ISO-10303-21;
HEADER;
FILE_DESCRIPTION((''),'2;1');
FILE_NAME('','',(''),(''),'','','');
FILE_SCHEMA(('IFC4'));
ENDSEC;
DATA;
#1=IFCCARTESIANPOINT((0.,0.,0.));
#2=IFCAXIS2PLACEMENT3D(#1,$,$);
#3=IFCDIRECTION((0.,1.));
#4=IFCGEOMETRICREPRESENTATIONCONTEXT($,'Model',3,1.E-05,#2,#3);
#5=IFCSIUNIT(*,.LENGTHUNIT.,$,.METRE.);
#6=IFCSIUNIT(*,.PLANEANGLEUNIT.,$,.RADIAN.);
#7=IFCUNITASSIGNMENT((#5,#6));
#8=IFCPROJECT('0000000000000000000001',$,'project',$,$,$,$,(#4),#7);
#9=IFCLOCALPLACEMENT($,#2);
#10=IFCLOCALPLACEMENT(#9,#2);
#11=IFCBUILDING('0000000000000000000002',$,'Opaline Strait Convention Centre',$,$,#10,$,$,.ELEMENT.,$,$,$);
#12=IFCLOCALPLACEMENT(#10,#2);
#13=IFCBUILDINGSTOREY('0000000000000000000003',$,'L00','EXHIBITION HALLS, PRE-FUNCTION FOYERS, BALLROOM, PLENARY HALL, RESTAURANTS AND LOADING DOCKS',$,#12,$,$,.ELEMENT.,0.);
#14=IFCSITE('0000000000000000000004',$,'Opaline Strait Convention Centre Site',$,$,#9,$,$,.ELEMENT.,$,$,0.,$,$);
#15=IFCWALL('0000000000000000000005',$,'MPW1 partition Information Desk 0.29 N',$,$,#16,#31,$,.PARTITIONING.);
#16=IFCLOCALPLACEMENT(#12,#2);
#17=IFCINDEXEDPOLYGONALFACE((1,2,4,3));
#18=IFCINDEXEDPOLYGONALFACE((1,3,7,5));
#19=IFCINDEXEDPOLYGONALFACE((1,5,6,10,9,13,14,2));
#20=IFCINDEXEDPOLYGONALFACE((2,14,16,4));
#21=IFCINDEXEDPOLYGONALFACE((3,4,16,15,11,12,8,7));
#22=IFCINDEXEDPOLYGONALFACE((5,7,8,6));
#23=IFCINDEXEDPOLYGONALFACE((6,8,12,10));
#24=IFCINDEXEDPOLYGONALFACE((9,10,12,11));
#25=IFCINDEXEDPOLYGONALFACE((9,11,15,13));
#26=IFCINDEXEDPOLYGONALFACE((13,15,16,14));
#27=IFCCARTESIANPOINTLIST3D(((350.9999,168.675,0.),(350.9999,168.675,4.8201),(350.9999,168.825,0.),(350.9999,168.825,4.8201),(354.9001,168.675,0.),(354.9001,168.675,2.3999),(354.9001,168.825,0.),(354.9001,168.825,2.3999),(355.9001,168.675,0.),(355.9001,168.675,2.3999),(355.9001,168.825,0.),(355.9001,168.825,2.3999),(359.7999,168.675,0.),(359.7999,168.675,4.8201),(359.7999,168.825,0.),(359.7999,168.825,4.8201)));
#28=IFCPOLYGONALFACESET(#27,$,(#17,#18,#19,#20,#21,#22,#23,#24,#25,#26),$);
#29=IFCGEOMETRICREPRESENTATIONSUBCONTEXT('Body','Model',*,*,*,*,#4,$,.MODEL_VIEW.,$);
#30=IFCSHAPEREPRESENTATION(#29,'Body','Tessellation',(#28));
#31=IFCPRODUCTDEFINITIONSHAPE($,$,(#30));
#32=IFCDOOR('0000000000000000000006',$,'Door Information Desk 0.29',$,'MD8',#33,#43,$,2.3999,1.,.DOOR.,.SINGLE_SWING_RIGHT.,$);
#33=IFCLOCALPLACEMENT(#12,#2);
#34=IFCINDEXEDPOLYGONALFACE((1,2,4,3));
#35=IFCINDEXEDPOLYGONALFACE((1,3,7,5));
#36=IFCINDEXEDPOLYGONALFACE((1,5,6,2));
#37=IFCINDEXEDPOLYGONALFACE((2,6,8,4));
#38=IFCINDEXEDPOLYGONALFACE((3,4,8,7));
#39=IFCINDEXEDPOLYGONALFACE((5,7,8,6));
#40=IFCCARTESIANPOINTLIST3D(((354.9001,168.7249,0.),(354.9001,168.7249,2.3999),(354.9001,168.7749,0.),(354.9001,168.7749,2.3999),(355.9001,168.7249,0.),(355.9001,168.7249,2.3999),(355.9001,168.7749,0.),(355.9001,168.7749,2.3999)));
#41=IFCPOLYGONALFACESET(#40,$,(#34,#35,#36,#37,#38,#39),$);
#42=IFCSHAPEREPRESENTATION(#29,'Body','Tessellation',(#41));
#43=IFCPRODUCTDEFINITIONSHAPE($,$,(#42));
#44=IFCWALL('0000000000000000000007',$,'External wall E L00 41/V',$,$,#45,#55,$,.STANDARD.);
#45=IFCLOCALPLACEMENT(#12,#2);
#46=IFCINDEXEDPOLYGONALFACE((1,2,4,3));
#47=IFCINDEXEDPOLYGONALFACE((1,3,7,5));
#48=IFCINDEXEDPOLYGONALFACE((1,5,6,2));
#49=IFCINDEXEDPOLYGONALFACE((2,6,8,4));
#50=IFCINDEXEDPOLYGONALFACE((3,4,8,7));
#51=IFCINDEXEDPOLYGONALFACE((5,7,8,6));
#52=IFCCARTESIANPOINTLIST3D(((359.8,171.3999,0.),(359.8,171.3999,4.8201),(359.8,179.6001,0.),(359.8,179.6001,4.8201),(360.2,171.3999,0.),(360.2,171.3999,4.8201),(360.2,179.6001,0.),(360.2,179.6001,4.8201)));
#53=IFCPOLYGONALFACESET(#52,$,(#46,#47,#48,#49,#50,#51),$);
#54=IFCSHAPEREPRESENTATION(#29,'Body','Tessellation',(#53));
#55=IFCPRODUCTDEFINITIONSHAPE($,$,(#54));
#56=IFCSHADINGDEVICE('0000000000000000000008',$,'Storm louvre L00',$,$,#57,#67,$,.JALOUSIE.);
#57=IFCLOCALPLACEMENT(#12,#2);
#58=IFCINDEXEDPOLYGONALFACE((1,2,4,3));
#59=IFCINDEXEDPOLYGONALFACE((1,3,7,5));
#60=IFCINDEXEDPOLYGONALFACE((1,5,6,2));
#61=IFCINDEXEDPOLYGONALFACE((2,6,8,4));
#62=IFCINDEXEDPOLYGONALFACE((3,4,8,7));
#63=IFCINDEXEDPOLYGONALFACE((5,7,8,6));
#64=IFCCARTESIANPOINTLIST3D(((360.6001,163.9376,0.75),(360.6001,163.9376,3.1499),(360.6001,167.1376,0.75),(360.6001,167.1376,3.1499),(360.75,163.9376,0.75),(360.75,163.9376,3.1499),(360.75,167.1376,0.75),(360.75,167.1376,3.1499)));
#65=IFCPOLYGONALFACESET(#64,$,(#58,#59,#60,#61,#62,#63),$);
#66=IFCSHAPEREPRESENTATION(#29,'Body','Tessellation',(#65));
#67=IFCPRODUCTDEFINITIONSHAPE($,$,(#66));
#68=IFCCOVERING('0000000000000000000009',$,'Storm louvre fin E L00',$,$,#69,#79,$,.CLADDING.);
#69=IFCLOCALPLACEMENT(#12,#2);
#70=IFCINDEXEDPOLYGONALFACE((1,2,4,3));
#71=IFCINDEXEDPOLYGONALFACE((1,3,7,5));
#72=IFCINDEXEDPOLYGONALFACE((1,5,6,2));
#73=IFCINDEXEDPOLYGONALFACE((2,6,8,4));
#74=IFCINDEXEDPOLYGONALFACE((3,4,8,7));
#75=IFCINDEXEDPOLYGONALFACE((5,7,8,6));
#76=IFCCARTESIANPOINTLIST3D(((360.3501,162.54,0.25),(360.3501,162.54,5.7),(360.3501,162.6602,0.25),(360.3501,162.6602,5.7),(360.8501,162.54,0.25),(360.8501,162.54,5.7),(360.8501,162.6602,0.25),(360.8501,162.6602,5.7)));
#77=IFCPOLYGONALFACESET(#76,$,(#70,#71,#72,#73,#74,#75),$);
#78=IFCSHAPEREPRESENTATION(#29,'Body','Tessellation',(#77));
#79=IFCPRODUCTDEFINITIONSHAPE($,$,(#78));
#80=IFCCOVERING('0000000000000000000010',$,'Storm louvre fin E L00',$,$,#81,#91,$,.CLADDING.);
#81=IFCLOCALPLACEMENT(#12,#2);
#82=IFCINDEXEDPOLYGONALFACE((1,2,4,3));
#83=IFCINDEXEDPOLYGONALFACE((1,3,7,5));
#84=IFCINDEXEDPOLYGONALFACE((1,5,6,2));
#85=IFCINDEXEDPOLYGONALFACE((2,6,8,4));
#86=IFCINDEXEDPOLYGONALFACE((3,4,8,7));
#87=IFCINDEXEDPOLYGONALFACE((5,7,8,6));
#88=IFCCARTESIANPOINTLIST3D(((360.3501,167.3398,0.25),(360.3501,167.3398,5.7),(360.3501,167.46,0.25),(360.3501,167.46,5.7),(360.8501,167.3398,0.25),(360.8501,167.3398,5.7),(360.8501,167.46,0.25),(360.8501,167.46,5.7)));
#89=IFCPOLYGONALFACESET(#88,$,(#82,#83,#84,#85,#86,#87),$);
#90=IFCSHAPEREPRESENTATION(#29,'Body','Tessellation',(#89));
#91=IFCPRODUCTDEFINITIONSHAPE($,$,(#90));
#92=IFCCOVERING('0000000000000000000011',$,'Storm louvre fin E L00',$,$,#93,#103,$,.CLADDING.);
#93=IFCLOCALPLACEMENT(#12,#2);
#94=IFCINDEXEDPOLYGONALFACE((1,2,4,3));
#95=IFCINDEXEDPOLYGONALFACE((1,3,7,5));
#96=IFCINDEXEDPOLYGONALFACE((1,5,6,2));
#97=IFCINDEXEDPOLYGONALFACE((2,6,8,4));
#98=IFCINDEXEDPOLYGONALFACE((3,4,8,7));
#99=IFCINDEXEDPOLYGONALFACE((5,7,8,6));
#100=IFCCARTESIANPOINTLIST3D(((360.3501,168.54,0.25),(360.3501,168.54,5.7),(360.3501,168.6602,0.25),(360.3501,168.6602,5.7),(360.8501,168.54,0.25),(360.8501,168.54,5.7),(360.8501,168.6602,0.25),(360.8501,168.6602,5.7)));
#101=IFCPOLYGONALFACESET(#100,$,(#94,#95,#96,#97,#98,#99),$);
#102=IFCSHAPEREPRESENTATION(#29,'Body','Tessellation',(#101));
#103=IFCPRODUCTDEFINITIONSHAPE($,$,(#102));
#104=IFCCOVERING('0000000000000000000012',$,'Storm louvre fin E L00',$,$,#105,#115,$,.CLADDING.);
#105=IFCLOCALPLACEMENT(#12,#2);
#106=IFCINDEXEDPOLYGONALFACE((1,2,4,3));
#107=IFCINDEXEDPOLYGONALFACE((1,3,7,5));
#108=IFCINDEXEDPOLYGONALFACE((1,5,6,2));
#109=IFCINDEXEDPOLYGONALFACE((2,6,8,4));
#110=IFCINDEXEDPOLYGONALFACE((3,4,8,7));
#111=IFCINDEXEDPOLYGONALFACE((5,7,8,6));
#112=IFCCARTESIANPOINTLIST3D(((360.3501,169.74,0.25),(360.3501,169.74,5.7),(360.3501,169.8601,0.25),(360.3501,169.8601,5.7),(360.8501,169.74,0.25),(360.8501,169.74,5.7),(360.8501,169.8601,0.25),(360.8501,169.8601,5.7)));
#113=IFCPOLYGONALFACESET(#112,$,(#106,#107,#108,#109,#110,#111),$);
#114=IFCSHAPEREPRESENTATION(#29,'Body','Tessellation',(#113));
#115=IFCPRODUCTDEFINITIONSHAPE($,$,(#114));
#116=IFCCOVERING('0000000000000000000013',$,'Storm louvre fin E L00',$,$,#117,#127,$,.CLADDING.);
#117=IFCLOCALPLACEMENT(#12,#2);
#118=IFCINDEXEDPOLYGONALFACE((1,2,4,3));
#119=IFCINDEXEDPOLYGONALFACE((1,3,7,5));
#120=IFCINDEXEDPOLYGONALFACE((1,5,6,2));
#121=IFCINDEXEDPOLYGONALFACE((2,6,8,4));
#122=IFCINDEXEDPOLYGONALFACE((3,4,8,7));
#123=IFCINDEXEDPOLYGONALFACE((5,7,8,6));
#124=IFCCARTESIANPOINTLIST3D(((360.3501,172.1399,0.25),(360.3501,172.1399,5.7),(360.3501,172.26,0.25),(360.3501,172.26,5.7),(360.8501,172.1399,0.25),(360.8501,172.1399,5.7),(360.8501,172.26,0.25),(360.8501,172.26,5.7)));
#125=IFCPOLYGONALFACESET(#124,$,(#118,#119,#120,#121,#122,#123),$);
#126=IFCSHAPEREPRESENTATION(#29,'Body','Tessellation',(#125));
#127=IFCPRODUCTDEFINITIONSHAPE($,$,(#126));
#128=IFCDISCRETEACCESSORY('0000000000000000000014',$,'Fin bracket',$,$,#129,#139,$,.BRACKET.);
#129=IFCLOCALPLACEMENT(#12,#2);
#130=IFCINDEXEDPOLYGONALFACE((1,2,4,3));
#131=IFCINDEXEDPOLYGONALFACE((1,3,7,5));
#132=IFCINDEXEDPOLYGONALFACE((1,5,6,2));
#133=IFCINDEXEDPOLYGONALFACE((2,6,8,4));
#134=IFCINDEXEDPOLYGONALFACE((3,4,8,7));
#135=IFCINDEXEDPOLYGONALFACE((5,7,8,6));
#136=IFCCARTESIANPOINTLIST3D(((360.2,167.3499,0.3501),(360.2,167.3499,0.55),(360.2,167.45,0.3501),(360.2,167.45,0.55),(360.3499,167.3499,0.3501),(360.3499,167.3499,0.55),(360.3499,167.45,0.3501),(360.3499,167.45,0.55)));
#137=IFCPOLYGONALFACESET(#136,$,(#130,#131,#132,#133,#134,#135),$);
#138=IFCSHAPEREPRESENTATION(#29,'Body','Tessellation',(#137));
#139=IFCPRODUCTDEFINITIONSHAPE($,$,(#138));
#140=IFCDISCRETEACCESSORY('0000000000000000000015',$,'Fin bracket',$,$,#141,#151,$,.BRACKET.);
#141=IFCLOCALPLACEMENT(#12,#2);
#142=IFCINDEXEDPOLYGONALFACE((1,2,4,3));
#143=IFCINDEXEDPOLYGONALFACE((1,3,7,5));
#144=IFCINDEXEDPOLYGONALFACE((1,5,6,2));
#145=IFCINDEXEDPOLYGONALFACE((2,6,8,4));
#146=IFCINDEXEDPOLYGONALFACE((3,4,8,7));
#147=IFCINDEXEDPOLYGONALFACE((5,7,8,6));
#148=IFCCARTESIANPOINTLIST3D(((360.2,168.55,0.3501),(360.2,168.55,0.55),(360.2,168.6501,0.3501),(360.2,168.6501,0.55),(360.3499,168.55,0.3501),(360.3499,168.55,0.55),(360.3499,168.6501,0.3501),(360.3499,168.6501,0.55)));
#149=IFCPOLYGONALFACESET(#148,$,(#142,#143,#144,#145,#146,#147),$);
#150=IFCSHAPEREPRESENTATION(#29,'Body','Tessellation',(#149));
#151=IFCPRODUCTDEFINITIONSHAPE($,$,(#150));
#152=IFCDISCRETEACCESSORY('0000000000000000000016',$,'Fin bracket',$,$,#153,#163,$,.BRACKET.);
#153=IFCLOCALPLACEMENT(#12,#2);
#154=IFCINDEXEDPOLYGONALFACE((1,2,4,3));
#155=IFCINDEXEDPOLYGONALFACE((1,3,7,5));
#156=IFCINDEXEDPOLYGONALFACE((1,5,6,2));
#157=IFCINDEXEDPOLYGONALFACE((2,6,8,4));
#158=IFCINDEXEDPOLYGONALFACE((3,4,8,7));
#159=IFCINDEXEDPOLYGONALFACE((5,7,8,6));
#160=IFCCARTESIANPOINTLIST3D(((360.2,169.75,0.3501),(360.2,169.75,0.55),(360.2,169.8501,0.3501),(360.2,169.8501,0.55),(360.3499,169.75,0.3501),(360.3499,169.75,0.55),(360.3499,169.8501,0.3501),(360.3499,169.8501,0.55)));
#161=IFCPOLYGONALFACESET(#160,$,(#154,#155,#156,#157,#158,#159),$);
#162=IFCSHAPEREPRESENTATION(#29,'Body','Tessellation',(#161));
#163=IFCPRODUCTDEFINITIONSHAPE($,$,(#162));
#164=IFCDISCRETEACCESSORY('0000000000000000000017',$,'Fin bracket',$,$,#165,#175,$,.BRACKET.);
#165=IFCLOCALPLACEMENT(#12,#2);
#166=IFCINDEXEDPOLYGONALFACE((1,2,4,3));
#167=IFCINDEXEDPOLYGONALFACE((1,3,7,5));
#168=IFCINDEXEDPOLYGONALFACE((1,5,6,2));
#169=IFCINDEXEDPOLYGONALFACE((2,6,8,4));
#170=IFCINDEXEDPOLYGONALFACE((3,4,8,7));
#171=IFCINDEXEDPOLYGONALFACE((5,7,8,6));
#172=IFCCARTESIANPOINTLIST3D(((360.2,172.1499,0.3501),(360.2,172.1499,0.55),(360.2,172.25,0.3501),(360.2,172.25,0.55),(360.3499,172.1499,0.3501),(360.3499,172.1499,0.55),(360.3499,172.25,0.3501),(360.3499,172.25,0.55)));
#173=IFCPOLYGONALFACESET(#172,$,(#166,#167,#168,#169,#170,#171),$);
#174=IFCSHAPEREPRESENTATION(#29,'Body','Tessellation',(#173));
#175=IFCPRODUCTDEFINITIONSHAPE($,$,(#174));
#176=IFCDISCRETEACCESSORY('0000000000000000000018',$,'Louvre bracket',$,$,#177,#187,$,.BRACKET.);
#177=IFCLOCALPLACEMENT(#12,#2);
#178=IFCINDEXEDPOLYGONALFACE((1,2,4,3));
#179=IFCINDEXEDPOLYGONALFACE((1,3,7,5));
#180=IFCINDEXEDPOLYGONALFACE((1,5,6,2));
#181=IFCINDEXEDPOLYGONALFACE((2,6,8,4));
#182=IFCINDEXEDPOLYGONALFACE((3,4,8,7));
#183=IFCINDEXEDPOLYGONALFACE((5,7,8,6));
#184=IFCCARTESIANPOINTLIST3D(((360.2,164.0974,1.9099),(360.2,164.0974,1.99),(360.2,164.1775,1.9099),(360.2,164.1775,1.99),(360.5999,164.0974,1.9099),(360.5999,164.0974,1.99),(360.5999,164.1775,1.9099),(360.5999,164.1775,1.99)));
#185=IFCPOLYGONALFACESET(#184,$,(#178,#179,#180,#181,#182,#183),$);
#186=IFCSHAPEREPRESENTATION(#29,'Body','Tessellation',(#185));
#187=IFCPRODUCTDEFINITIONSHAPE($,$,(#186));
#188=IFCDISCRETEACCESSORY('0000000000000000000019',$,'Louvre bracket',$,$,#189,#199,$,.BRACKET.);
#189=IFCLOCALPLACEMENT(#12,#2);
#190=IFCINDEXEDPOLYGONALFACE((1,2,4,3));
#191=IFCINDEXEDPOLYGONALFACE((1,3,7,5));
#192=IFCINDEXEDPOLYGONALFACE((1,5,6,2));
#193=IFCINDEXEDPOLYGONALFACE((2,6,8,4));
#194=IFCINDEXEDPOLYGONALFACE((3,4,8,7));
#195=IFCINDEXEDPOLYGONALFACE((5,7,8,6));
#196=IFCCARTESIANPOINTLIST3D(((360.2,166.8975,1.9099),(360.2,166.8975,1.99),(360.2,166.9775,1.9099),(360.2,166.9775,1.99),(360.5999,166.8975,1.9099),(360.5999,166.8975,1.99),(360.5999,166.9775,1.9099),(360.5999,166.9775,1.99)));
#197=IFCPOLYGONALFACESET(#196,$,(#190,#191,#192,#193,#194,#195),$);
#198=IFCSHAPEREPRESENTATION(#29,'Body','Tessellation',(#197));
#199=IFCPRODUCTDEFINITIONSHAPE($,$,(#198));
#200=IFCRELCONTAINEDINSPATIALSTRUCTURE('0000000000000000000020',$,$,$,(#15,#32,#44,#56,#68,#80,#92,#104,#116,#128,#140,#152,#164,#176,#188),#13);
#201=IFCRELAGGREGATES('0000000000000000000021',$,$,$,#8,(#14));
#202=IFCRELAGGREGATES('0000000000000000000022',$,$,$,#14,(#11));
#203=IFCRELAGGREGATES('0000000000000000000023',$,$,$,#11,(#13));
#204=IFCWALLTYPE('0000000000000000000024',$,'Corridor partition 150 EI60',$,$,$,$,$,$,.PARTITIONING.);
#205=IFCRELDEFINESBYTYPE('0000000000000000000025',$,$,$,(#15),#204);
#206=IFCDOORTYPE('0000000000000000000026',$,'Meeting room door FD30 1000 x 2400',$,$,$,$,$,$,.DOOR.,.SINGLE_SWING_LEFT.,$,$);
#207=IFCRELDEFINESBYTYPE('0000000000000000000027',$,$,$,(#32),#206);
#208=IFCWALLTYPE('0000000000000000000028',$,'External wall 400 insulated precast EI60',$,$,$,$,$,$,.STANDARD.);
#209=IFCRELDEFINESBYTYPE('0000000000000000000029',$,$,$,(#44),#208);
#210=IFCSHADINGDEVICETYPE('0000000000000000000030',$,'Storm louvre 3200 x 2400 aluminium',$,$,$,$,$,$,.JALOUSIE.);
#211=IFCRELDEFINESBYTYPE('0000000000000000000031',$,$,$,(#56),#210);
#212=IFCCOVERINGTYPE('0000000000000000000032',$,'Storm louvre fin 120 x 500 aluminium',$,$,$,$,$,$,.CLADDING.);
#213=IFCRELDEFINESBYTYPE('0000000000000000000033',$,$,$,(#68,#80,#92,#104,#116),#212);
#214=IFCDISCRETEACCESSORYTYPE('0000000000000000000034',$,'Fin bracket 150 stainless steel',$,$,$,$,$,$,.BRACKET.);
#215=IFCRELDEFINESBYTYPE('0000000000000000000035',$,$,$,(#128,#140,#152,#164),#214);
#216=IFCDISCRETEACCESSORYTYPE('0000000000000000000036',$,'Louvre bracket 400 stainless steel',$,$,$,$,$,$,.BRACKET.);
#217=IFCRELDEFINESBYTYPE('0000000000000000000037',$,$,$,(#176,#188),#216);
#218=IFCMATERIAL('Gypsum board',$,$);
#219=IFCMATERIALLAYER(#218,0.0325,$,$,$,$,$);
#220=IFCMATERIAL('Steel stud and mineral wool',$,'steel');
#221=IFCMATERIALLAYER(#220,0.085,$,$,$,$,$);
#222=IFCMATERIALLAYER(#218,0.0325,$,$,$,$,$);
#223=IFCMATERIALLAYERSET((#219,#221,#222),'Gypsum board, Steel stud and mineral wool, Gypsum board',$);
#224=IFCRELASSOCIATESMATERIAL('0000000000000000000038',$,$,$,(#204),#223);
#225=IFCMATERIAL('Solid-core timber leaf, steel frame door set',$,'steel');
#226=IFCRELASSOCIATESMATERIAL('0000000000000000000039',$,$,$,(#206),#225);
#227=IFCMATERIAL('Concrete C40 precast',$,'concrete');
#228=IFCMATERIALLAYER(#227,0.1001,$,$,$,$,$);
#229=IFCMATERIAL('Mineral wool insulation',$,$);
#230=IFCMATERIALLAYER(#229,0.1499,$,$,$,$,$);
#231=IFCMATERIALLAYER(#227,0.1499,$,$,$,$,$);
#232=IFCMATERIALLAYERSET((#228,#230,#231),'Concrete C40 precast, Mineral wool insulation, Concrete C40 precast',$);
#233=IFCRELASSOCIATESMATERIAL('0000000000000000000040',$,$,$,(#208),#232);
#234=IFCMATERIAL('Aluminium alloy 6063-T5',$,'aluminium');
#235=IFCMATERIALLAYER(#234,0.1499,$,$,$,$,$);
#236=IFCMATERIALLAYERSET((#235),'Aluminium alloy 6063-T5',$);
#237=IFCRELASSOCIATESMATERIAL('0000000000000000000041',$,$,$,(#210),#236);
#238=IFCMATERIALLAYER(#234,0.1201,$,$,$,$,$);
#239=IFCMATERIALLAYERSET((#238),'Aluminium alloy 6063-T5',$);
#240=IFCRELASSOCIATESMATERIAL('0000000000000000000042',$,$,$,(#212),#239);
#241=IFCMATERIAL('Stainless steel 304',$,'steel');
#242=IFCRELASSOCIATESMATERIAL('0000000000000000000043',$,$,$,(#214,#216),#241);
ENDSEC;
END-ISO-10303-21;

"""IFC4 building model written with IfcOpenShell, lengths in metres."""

from ifc_helpers import new_model, si_unit, direction, frame, frame_2d, origin, origin_2d, place, context, subcontext, project, spatial, rectangle, extrude, material, layer, layer_set, type_object, element, fill, save


model = new_model("IFC4")

# Units and contexts
model_context = context("Model", 3, precision=1e-05, world=origin(), true_north=direction((0.0, 1.0)))
body_context = subcontext(model_context, "Body", "Model", "MODEL_VIEW")
ifc_project = project(units=[si_unit("LENGTHUNIT", "METRE"), si_unit("PLANEANGLEUNIT", "RADIAN")], contexts=[model_context])

# Site, building, storey
site_placement = place(None, origin())
site = spatial("IfcSite", under=ifc_project, at=site_placement, Name="Opaline Strait Convention Centre Site", CompositionType="ELEMENT", RefElevation=0.0)
building_placement = place(site_placement, origin())
building = spatial("IfcBuilding", under=site, at=building_placement, Name="Opaline Strait Convention Centre", CompositionType="ELEMENT")
storey_placement = place(building_placement, origin())
storey = spatial("IfcBuildingStorey", under=building, at=storey_placement, Name="L00", Description="EXHIBITION HALLS, PRE-FUNCTION FOYERS, BALLROOM, PLENARY HALL, RESTAURANTS AND LOADING DOCKS", CompositionType="ELEMENT", Elevation=0.0)

# Wall, opening, door
ifc_material_1 = material(Name="Gypsum board")
ifc_layer_1 = layer(ifc_material_1, 0.0325)
ifc_material_2 = material(Name="Steel stud and mineral wool", Category="steel")
ifc_layer_2 = layer(ifc_material_2, 0.085)
ifc_layer_3 = layer(ifc_material_1, 0.0325)
ifc_layer_set_1 = layer_set([ifc_layer_1, ifc_layer_2, ifc_layer_3], Name="Gypsum board, Steel stud and mineral wool, Gypsum board")
wall_type_1 = type_object("IfcWallType", Name="Corridor partition 150 EI60", PredefinedType="PARTITIONING", material=ifc_layer_set_1)
wall_1_placement = place(storey_placement, frame((351.0, 168.75, 0.0), z_axis=(0.0, 0.0, 1.0), x_axis=(1.0, 0.0, 0.0)))
wall_1 = element("IfcWall", 1, at=wall_1_placement, inside=storey, type_object=wall_type_1, Name="MPW1 partition Information Desk 0.29 N", PredefinedType="PARTITIONING", context=body_context, shape_type="SweptSolid", body=[
    extrude(rectangle(XDim=8.8, YDim=0.1499, at=frame_2d((4.3999, 0.0))), origin(), (0.0, 0.0, 1.0), 4.8201),
])
opening_placement = place(wall_1_placement, frame((3.9001, 0.0, 0.0)))
opening = element("IfcOpeningElement", 2, at=opening_placement, cuts=wall_1, PredefinedType="OPENING", context=body_context, shape_type="SweptSolid", body=[
    extrude(rectangle(XDim=1.0, YDim=2.3999, at=frame_2d((0.5, 1.2))), frame((0.0, 0.085, 0.0), z_axis=(0.0, -1.0, 0.0), x_axis=(1.0, 0.0, 0.0)), (0.0, 0.0, 1.0), 0.1699),
])
ifc_material_3 = material(Name="Solid-core timber leaf, steel frame door set", Category="steel")
door_type = type_object("IfcDoorType", Name="Meeting room door FD30 1000 x 2400", OperationType="SINGLE_SWING_LEFT", PredefinedType="DOOR", material=ifc_material_3)
door_placement = place(opening_placement, origin())
door = element("IfcDoor", 3, at=door_placement, inside=storey, type_object=door_type, Name="Door Information Desk 0.29", ObjectType="MD8", OperationType="SINGLE_SWING_RIGHT", OverallHeight=2.3999, OverallWidth=1.0, PredefinedType="DOOR", context=body_context, shape_type="SweptSolid", body=[
    extrude(rectangle(XDim=1.0, YDim=2.3999, at=frame_2d((0.5, 1.2))), frame((0.0, 0.0249, 0.0), z_axis=(0.0, -1.0, 0.0), x_axis=(1.0, 0.0, 0.0)), (0.0, 0.0, 1.0), 0.05),
])
fill(opening, door)

# Wall
ifc_material_4 = material(Name="Concrete C40 precast", Category="concrete")
ifc_layer_4 = layer(ifc_material_4, 0.1001)
ifc_material_5 = material(Name="Mineral wool insulation")
ifc_layer_5 = layer(ifc_material_5, 0.1499)
ifc_layer_6 = layer(ifc_material_4, 0.1499)
ifc_layer_set_2 = layer_set([ifc_layer_4, ifc_layer_5, ifc_layer_6], Name="Concrete C40 precast, Mineral wool insulation, Concrete C40 precast")
wall_type_2 = type_object("IfcWallType", Name="External wall 400 insulated precast EI60", PredefinedType="STANDARD", material=ifc_layer_set_2)
wall_2_placement = place(storey_placement, frame((360.0, 171.3999, 0.0), z_axis=(0.0, 0.0, 1.0), x_axis=(0.0, 1.0, 0.0)))
element("IfcWall", 4, at=wall_2_placement, inside=storey, type_object=wall_type_2, Name="External wall E L00 41/V", PredefinedType="STANDARD", context=body_context, shape_type="SweptSolid", body=[
    extrude(rectangle(XDim=8.2002, YDim=0.3999, at=frame_2d((4.1001, 0.0))), origin(), (0.0, 0.0, 1.0), 4.8201),
])

# Shading device
ifc_material_6 = material(Name="Aluminium alloy 6063-T5", Category="aluminium")
ifc_layer_7 = layer(ifc_material_6, 0.1499)
ifc_layer_set_3 = layer_set([ifc_layer_7], Name="Aluminium alloy 6063-T5")
shading_device_type = type_object("IfcShadingDeviceType", Name="Storm louvre 3200 x 2400 aluminium", PredefinedType="JALOUSIE", material=ifc_layer_set_3)
shading_device_placement = place(storey_placement, frame((360.675, 165.5376, 0.75), z_axis=(0.0, 0.0, 1.0), x_axis=(1.0, 0.0, 0.0)))
element("IfcShadingDevice", 5, at=shading_device_placement, inside=storey, type_object=shading_device_type, Name="Storm louvre L00", PredefinedType="JALOUSIE", context=body_context, shape_type="SweptSolid", body=[
    extrude(rectangle(XDim=0.1499, YDim=3.2, at=origin_2d()), origin(), (0.0, 0.0, 1.0), 2.3999),
])

# Coverings
ifc_layer_8 = layer(ifc_material_6, 0.1201)
ifc_layer_set_4 = layer_set([ifc_layer_8], Name="Aluminium alloy 6063-T5")
covering_type = type_object("IfcCoveringType", Name="Storm louvre fin 120 x 500 aluminium", PredefinedType="CLADDING", material=ifc_layer_set_4)
for number, where, z_axis, x_axis, name in (
    (6, (360.6001, 162.6001, 0.25), (0.0, 0.0, 1.0), (1.0, 0.0, 0.0), "Storm louvre fin E L00"),
    (7, (360.6001, 167.3999, 0.25), (0.0, 0.0, 1.0), (1.0, 0.0, 0.0), "Storm louvre fin E L00"),
    (8, (360.6001, 168.6001, 0.25), (0.0, 0.0, 1.0), (1.0, 0.0, 0.0), "Storm louvre fin E L00"),
    (9, (360.6001, 169.8, 0.25), (0.0, 0.0, 1.0), (1.0, 0.0, 0.0), "Storm louvre fin E L00"),
    (10, (360.6001, 172.2, 0.25), (0.0, 0.0, 1.0), (1.0, 0.0, 0.0), "Storm louvre fin E L00"),
):
    element("IfcCovering", number, at=place(storey_placement, frame(where, z_axis=z_axis, x_axis=x_axis)), inside=storey, type_object=covering_type, Name=name, PredefinedType="CLADDING", context=body_context, shape_type="SweptSolid", body=[
        extrude(rectangle(XDim=0.5, YDim=0.1201, at=origin_2d()), origin(), (0.0, 0.0, 1.0), 5.45),
    ])

# Discrete accessories
ifc_material_7 = material(Name="Stainless steel 304", Category="steel")
discrete_accessory_type_1 = type_object("IfcDiscreteAccessoryType", Name="Fin bracket 150 stainless steel", PredefinedType="BRACKET", material=ifc_material_7)
for number, where, z_axis, x_axis, name in (
    (11, (360.2749, 167.3999, 0.3501), (0.0, 0.0, 1.0), (1.0, 0.0, 0.0), "Fin bracket"),
    (12, (360.2749, 168.6001, 0.3501), (0.0, 0.0, 1.0), (1.0, 0.0, 0.0), "Fin bracket"),
    (13, (360.2749, 169.8, 0.3501), (0.0, 0.0, 1.0), (1.0, 0.0, 0.0), "Fin bracket"),
    (14, (360.2749, 172.2, 0.3501), (0.0, 0.0, 1.0), (1.0, 0.0, 0.0), "Fin bracket"),
):
    element("IfcDiscreteAccessory", number, at=place(storey_placement, frame(where, z_axis=z_axis, x_axis=x_axis)), inside=storey, type_object=discrete_accessory_type_1, Name=name, PredefinedType="BRACKET", context=body_context, shape_type="SweptSolid", body=[
        extrude(rectangle(XDim=0.1499, YDim=0.1001, at=origin_2d()), origin(), (0.0, 0.0, 1.0), 0.2),
    ])
discrete_accessory_type_2 = type_object("IfcDiscreteAccessoryType", Name="Louvre bracket 400 stainless steel", PredefinedType="BRACKET", material=ifc_material_7)
for number, where, z_axis, x_axis, name in (
    (15, (360.3999, 164.1375, 1.9099), (0.0, 0.0, 1.0), (1.0, 0.0, 0.0), "Louvre bracket"),
    (16, (360.3999, 166.9375, 1.9099), (0.0, 0.0, 1.0), (1.0, 0.0, 0.0), "Louvre bracket"),
):
    element("IfcDiscreteAccessory", number, at=place(storey_placement, frame(where, z_axis=z_axis, x_axis=x_axis)), inside=storey, type_object=discrete_accessory_type_2, Name=name, PredefinedType="BRACKET", context=body_context, shape_type="SweptSolid", body=[
        extrude(rectangle(XDim=0.3999, YDim=0.0801, at=origin_2d()), origin(), (0.0, 0.0, 1.0), 0.0801),
    ])

save(model, "model.ifc")
